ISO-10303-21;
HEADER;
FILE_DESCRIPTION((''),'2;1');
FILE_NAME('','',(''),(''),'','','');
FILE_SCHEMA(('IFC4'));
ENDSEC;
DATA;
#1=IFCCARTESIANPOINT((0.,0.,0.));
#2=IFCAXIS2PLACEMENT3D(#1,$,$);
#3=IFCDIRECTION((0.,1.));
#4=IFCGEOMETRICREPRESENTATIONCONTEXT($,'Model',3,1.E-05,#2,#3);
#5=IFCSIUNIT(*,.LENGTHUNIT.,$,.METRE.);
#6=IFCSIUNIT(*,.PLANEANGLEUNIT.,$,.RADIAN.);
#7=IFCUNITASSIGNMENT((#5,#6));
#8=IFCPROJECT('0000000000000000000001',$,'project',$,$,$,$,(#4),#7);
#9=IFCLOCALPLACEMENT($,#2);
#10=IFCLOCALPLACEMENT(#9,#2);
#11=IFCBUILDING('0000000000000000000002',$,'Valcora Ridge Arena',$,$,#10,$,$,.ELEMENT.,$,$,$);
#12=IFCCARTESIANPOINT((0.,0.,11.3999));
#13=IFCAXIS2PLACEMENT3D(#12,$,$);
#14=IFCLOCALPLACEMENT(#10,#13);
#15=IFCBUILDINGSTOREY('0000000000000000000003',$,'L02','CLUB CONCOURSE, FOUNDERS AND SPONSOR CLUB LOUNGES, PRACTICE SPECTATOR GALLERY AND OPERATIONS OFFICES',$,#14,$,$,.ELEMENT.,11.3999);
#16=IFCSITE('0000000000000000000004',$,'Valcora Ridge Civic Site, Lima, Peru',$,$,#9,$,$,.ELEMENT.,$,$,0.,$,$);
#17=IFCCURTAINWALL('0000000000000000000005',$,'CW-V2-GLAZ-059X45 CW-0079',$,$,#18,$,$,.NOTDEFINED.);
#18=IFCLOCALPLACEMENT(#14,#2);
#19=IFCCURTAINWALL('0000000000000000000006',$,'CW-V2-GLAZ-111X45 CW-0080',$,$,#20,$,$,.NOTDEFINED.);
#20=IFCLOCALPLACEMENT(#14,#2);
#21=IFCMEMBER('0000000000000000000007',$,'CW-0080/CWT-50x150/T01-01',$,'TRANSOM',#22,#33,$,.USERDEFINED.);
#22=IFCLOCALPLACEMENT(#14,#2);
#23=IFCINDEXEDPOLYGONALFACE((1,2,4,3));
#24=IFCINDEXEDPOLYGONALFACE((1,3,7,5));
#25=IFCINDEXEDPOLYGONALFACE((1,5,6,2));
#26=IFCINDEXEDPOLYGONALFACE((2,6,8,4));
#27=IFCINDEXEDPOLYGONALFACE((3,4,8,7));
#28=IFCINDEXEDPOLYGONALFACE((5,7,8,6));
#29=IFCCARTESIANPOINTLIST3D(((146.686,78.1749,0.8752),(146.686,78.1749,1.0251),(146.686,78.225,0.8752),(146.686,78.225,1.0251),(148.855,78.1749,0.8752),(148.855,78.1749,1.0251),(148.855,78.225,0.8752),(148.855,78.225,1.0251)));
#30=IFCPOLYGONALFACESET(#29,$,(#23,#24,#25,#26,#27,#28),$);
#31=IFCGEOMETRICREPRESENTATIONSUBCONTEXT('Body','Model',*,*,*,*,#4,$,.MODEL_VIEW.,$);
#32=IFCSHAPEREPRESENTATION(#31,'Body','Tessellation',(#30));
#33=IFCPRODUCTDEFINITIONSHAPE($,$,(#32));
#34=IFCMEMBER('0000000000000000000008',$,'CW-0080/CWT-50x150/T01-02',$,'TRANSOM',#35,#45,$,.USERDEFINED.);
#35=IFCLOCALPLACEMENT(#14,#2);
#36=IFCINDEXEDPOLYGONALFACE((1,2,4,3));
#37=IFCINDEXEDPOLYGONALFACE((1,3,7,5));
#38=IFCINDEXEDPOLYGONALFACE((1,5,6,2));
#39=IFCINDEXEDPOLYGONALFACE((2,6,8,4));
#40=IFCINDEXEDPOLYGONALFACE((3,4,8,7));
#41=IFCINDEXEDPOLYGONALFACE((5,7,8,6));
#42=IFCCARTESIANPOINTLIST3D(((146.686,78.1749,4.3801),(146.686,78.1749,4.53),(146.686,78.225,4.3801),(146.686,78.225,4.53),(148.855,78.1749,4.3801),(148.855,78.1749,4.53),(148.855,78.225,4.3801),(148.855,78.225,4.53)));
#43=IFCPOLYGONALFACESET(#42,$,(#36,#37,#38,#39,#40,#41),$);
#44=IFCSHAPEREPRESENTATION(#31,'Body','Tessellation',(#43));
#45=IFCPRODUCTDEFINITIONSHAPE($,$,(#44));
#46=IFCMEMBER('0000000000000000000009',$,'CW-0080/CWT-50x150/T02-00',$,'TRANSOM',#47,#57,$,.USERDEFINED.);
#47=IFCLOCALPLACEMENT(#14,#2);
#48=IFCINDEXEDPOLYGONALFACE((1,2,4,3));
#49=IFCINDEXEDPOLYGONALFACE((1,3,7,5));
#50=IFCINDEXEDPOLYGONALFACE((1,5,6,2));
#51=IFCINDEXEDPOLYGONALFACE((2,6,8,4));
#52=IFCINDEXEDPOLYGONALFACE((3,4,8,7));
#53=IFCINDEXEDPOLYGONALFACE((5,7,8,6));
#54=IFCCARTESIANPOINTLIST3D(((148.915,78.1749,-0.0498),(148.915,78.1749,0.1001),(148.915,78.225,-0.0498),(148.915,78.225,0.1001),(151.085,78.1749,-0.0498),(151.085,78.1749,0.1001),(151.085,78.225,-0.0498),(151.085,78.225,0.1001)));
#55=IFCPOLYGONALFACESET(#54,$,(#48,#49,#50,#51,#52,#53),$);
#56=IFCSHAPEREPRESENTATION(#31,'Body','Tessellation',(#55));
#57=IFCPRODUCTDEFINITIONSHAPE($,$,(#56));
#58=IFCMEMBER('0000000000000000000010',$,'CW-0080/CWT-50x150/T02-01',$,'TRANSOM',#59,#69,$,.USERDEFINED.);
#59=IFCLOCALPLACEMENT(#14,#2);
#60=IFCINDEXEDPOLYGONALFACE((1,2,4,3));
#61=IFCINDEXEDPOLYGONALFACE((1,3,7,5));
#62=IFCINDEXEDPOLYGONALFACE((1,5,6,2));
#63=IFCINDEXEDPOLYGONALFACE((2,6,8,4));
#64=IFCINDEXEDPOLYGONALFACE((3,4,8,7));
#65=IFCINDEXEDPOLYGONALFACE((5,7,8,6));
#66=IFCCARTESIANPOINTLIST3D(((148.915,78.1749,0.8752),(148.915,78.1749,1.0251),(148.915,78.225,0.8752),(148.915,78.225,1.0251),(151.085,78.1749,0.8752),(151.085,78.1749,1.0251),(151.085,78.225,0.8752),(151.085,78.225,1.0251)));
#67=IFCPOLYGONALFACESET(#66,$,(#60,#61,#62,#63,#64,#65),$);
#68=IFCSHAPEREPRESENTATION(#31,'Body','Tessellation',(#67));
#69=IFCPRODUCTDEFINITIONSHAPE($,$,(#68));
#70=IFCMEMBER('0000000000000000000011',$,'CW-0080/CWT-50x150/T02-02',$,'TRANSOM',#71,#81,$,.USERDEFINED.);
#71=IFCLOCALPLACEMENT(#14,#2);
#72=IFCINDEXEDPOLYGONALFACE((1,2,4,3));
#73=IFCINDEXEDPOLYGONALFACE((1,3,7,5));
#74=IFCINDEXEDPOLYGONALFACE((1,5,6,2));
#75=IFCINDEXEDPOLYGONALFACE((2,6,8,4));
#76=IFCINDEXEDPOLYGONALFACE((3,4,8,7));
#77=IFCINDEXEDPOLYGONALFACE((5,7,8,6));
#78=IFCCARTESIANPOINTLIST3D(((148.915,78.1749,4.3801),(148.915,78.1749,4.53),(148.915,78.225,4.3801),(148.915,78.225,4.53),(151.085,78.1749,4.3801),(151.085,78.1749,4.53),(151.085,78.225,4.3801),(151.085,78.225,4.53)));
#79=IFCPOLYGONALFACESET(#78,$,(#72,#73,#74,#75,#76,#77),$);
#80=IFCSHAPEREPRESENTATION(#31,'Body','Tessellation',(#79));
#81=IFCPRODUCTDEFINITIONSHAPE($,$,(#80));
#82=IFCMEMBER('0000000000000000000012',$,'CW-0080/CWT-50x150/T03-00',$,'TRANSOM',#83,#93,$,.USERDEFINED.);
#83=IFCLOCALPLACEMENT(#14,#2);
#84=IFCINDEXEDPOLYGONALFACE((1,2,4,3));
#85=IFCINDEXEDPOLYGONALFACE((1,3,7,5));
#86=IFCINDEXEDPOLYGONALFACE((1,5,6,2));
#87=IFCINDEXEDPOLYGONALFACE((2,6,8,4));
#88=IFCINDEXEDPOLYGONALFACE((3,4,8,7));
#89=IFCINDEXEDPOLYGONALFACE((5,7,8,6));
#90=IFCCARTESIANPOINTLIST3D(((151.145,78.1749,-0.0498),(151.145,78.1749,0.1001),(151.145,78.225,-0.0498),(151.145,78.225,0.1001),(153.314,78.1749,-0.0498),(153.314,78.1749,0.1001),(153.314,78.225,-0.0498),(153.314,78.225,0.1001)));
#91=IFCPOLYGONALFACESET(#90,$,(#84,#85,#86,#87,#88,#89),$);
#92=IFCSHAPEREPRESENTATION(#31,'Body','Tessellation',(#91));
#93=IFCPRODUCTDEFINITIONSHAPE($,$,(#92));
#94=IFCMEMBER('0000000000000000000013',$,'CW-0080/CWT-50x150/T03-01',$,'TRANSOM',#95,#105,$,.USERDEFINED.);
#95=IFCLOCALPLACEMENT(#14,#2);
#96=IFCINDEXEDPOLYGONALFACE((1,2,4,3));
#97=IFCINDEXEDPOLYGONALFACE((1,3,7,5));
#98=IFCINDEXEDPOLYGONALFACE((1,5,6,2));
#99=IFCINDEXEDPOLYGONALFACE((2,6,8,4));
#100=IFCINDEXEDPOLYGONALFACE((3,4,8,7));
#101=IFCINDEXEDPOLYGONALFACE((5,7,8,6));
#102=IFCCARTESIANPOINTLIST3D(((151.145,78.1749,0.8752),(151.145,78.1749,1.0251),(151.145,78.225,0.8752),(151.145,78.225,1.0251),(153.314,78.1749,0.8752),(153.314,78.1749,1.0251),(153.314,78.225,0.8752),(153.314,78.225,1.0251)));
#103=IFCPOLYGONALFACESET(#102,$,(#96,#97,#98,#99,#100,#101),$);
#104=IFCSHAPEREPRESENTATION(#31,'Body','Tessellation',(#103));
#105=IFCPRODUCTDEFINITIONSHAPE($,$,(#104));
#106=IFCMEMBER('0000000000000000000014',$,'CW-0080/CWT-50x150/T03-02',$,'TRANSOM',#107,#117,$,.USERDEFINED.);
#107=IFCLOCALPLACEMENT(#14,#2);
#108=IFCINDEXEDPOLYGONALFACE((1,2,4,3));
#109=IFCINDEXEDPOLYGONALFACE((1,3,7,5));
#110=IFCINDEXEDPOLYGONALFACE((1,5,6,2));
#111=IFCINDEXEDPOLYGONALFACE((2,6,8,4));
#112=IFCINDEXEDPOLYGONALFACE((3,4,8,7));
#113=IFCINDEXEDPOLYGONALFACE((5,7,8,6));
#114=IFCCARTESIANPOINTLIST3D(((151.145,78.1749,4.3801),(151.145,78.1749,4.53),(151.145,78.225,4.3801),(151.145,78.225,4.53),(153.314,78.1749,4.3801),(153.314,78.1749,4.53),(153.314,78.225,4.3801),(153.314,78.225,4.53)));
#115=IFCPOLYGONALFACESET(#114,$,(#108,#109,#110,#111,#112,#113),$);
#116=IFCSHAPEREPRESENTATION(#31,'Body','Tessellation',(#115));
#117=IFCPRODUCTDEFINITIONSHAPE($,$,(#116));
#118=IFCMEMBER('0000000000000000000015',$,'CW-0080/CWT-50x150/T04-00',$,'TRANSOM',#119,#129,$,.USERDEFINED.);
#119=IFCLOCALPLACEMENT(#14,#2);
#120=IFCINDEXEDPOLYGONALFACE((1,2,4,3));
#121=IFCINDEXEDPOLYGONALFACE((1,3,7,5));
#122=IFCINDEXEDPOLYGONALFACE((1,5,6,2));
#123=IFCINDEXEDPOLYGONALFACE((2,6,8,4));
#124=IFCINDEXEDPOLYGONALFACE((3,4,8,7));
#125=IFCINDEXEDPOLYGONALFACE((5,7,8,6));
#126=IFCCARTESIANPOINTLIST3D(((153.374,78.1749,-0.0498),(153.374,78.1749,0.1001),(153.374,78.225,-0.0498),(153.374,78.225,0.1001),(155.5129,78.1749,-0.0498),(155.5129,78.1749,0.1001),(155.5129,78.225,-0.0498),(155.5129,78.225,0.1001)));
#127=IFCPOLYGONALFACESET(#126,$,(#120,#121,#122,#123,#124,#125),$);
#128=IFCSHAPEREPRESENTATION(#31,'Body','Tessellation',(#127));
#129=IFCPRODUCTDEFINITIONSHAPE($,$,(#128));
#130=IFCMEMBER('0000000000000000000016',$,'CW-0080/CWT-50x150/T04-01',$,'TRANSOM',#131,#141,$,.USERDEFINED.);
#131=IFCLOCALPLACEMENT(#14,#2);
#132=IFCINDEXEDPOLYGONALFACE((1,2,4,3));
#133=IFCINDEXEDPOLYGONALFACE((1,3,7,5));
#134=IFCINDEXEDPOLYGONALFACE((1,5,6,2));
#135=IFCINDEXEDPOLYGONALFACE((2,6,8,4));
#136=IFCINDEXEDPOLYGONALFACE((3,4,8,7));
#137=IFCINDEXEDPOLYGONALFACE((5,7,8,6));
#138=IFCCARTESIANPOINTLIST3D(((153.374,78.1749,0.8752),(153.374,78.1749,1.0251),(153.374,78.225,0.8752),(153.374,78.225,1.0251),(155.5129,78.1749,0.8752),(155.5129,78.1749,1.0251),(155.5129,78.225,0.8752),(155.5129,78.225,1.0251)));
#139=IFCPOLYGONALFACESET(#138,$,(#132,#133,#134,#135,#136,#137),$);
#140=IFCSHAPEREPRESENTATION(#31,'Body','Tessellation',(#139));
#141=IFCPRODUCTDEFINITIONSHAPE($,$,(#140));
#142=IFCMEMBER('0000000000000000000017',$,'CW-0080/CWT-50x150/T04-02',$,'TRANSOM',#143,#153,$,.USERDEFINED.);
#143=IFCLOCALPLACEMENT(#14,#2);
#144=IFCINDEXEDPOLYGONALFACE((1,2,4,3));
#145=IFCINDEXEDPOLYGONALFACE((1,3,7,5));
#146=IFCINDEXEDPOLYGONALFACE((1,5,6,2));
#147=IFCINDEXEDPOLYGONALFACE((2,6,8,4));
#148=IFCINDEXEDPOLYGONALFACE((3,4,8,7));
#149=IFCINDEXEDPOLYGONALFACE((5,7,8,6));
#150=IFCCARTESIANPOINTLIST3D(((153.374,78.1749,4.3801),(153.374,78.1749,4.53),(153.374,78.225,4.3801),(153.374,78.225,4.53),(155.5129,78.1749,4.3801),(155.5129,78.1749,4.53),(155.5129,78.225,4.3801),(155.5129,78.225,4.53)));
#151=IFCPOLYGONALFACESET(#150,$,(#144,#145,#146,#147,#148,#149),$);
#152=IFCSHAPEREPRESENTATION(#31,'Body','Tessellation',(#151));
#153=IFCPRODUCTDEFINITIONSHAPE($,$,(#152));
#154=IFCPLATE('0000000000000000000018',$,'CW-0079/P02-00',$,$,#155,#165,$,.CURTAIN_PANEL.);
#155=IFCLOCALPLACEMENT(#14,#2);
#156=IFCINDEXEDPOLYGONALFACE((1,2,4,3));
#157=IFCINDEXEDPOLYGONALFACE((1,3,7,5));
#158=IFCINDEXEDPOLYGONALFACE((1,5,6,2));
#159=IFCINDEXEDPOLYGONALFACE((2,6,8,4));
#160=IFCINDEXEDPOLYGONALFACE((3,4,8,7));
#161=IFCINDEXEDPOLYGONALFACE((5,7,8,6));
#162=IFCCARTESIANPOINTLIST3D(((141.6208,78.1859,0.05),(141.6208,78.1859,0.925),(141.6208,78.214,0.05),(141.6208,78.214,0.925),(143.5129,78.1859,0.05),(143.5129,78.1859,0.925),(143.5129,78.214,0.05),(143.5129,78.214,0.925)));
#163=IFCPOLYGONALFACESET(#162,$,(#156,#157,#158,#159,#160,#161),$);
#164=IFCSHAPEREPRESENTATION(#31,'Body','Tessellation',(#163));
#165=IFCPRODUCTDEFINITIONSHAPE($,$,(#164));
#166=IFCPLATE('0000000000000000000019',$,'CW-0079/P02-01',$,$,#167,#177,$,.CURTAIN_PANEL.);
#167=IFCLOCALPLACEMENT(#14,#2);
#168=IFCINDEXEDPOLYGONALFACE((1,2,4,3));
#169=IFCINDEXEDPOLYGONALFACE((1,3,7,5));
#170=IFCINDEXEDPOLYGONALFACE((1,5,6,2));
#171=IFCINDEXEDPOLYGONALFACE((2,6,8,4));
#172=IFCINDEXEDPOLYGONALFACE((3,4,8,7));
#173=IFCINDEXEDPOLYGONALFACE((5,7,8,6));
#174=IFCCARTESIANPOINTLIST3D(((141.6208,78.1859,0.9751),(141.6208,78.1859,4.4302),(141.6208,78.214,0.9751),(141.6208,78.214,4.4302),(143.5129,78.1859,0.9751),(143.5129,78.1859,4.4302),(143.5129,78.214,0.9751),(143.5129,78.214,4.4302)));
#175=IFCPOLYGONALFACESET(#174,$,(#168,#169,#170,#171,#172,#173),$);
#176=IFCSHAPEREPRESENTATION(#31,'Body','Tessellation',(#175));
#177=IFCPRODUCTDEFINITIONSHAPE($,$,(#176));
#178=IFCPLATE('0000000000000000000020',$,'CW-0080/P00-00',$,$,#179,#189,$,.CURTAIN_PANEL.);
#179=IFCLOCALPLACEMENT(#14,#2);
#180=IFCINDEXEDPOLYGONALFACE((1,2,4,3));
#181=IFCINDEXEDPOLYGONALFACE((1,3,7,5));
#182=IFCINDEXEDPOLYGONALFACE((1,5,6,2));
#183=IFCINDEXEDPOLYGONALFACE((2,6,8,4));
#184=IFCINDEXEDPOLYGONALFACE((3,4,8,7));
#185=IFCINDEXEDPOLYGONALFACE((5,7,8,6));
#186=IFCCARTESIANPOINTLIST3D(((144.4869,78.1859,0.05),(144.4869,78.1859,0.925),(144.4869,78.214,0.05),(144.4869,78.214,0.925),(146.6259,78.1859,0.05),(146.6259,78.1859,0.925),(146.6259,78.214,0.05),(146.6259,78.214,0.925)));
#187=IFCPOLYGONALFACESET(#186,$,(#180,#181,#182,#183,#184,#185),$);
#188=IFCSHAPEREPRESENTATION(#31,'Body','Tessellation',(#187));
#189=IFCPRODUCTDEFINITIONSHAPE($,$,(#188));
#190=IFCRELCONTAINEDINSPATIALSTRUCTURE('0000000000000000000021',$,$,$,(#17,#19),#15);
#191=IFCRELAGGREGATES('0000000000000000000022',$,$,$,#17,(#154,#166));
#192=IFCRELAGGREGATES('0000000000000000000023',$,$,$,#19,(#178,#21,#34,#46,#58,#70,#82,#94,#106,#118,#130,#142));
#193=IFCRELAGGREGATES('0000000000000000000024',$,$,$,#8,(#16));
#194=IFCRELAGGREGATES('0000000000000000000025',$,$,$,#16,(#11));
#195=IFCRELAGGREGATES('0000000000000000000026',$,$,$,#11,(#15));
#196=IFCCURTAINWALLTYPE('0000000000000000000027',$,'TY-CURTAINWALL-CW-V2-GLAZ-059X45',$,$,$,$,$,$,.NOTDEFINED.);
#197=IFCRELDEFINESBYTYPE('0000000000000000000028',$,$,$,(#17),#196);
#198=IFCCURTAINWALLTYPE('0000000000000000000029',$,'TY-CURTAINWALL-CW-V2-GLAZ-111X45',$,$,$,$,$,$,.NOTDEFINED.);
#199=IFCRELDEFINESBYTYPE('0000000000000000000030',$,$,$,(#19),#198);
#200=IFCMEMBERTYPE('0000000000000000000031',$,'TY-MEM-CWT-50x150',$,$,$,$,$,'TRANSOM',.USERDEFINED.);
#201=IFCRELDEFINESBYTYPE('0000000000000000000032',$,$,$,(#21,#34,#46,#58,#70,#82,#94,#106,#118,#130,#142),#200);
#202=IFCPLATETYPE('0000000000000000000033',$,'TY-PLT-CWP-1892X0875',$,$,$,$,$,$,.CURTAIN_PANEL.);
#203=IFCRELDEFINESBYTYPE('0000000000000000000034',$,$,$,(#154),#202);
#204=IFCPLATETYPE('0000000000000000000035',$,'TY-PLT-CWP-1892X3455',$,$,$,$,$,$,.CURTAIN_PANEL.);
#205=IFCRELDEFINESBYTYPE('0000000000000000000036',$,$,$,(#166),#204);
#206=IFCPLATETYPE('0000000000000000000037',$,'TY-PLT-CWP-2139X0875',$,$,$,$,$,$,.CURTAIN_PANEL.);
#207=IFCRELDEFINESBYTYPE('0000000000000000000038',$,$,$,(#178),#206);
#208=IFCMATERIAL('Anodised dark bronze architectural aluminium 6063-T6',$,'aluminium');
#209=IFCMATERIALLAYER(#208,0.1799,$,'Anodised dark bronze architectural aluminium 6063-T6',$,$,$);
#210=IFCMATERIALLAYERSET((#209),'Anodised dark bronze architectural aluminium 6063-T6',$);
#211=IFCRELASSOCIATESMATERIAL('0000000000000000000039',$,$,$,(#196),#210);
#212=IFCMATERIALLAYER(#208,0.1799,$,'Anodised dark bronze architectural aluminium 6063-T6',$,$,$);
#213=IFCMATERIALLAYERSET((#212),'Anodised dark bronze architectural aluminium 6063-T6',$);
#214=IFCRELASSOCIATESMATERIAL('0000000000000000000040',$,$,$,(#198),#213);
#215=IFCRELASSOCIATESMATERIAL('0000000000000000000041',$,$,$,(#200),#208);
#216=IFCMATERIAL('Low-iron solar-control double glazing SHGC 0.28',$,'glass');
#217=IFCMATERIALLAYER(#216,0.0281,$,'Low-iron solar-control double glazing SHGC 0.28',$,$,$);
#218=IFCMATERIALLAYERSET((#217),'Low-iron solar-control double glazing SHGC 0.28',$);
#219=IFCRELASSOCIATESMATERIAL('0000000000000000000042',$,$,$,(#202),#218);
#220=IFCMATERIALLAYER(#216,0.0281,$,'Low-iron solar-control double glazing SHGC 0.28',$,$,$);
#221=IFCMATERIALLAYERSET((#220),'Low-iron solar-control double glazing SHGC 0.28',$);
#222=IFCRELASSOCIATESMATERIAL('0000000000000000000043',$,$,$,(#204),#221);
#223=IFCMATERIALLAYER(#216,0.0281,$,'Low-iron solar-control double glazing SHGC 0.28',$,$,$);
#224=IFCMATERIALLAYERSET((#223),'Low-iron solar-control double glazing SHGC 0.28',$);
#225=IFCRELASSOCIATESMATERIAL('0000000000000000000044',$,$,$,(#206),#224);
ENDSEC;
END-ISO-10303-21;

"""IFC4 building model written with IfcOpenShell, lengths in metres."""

from ifc_helpers import new_model, si_unit, direction, frame, origin, origin_2d, place, context, subcontext, project, spatial, rectangle, extrude, material, layer, layer_set, material_profile, profile_set, type_object, element, aggregate, save


model = new_model("IFC4")

# Units and contexts
model_context = context("Model", 3, precision=1e-05, world=origin(), true_north=direction((0.0, 1.0)))
body_context = subcontext(model_context, "Body", "Model", "MODEL_VIEW")
ifc_project = project(units=[si_unit("LENGTHUNIT", "METRE"), si_unit("PLANEANGLEUNIT", "RADIAN")], contexts=[model_context])

# Site, building, storey
site_placement = place(None, origin())
site = spatial("IfcSite", under=ifc_project, at=site_placement, Name="Valcora Ridge Civic Site, Lima, Peru", CompositionType="ELEMENT", RefElevation=0.0)
building_placement = place(site_placement, origin())
building = spatial("IfcBuilding", under=site, at=building_placement, Name="Valcora Ridge Arena", CompositionType="ELEMENT")
storey_placement = place(building_placement, frame((0.0, 0.0, 11.3999)))
storey = spatial("IfcBuildingStorey", under=building, at=storey_placement, Name="L02", Description="CLUB CONCOURSE, FOUNDERS AND SPONSOR CLUB LOUNGES, PRACTICE SPECTATOR GALLERY AND OPERATIONS OFFICES", CompositionType="ELEMENT", Elevation=11.3999)

# Curtain walls
ifc_material_1 = material(Name="Anodised dark bronze architectural aluminium 6063-T6", Category="aluminium")
ifc_layer_1 = layer(ifc_material_1, 0.1799, Name="Anodised dark bronze architectural aluminium 6063-T6")
ifc_layer_set_1 = layer_set([ifc_layer_1], Name="Anodised dark bronze architectural aluminium 6063-T6")
curtain_wall_type_1 = type_object("IfcCurtainWallType", Name="TY-CURTAINWALL-CW-V2-GLAZ-059X45", PredefinedType="NOTDEFINED", material=ifc_layer_set_1)
curtain_wall_1_placement = place(storey_placement, origin())
curtain_wall_1 = element("IfcCurtainWall", 1, at=curtain_wall_1_placement, inside=storey, type_object=curtain_wall_type_1, Name="CW-V2-GLAZ-059X45 CW-0079", PredefinedType="NOTDEFINED")
ifc_layer_2 = layer(ifc_material_1, 0.1799, Name="Anodised dark bronze architectural aluminium 6063-T6")
ifc_layer_set_2 = layer_set([ifc_layer_2], Name="Anodised dark bronze architectural aluminium 6063-T6")
curtain_wall_type_2 = type_object("IfcCurtainWallType", Name="TY-CURTAINWALL-CW-V2-GLAZ-111X45", PredefinedType="NOTDEFINED", material=ifc_layer_set_2)
curtain_wall_2_placement = place(storey_placement, origin())
curtain_wall_2 = element("IfcCurtainWall", 2, at=curtain_wall_2_placement, inside=storey, type_object=curtain_wall_type_2, Name="CW-V2-GLAZ-111X45 CW-0080", PredefinedType="NOTDEFINED")

# Members
ifc_material_profile_1 = material_profile(ifc_material_1, rectangle(XDim=0.05, YDim=0.1499, at=origin_2d()), Name="ALU TRANSOM 50x150")
ifc_profile_set_1 = profile_set([ifc_material_profile_1], Name="Anodised dark bronze architectural aluminium 6063-T6")
member_type_1 = type_object("IfcMemberType", Name="TY-MEM-CWT-50x150", ElementType="TRANSOM", PredefinedType="USERDEFINED", material=ifc_profile_set_1)
member_1_placement = place(storey_placement, frame((146.686, 78.2, 0.9502), z_axis=(1.0, 0.0, 0.0), x_axis=(0.0, 1.0, 0.0)))
member_1 = element("IfcMember", 3, at=member_1_placement, type_object=member_type_1, Name="CW-0080/CWT-50x150/T01-01", ObjectType="TRANSOM", PredefinedType="USERDEFINED", context=body_context, shape_type="SweptSolid", body=[
    extrude(rectangle(XDim=0.05, YDim=0.1499, at=origin_2d()), origin(), (0.0, 0.0, 1.0), 2.1689),
])
member_2_placement = place(storey_placement, frame((146.686, 78.2, 4.4551), z_axis=(1.0, 0.0, 0.0), x_axis=(0.0, 1.0, 0.0)))
member_2 = element("IfcMember", 4, at=member_2_placement, type_object=member_type_1, Name="CW-0080/CWT-50x150/T01-02", ObjectType="TRANSOM", PredefinedType="USERDEFINED", context=body_context, shape_type="SweptSolid", body=[
    extrude(rectangle(XDim=0.05, YDim=0.1499, at=origin_2d()), origin(), (0.0, 0.0, 1.0), 2.1689),
])
member_3_placement = place(storey_placement, frame((148.915, 78.2, 0.0251), z_axis=(1.0, 0.0, 0.0), x_axis=(0.0, 1.0, 0.0)))
member_3 = element("IfcMember", 5, at=member_3_placement, type_object=member_type_1, Name="CW-0080/CWT-50x150/T02-00", ObjectType="TRANSOM", PredefinedType="USERDEFINED", context=body_context, shape_type="SweptSolid", body=[
    extrude(rectangle(XDim=0.05, YDim=0.1499, at=origin_2d()), origin(), (0.0, 0.0, 1.0), 2.1699),
])
member_4_placement = place(storey_placement, frame((148.915, 78.2, 0.9502), z_axis=(1.0, 0.0, 0.0), x_axis=(0.0, 1.0, 0.0)))
member_4 = element("IfcMember", 6, at=member_4_placement, type_object=member_type_1, Name="CW-0080/CWT-50x150/T02-01", ObjectType="TRANSOM", PredefinedType="USERDEFINED", context=body_context, shape_type="SweptSolid", body=[
    extrude(rectangle(XDim=0.05, YDim=0.1499, at=origin_2d()), origin(), (0.0, 0.0, 1.0), 2.1699),
])
member_5_placement = place(storey_placement, frame((148.915, 78.2, 4.4551), z_axis=(1.0, 0.0, 0.0), x_axis=(0.0, 1.0, 0.0)))
member_5 = element("IfcMember", 7, at=member_5_placement, type_object=member_type_1, Name="CW-0080/CWT-50x150/T02-02", ObjectType="TRANSOM", PredefinedType="USERDEFINED", context=body_context, shape_type="SweptSolid", body=[
    extrude(rectangle(XDim=0.05, YDim=0.1499, at=origin_2d()), origin(), (0.0, 0.0, 1.0), 2.1699),
])
member_6_placement = place(storey_placement, frame((151.145, 78.2, 0.0251), z_axis=(1.0, 0.0, 0.0), x_axis=(0.0, 1.0, 0.0)))
member_6 = element("IfcMember", 8, at=member_6_placement, type_object=member_type_1, Name="CW-0080/CWT-50x150/T03-00", ObjectType="TRANSOM", PredefinedType="USERDEFINED", context=body_context, shape_type="SweptSolid", body=[
    extrude(rectangle(XDim=0.05, YDim=0.1499, at=origin_2d()), origin(), (0.0, 0.0, 1.0), 2.1689),
])
member_7_placement = place(storey_placement, frame((151.145, 78.2, 0.9502), z_axis=(1.0, 0.0, 0.0), x_axis=(0.0, 1.0, 0.0)))
member_7 = element("IfcMember", 9, at=member_7_placement, type_object=member_type_1, Name="CW-0080/CWT-50x150/T03-01", ObjectType="TRANSOM", PredefinedType="USERDEFINED", context=body_context, shape_type="SweptSolid", body=[
    extrude(rectangle(XDim=0.05, YDim=0.1499, at=origin_2d()), origin(), (0.0, 0.0, 1.0), 2.1689),
])
member_8_placement = place(storey_placement, frame((151.145, 78.2, 4.4551), z_axis=(1.0, 0.0, 0.0), x_axis=(0.0, 1.0, 0.0)))
member_8 = element("IfcMember", 10, at=member_8_placement, type_object=member_type_1, Name="CW-0080/CWT-50x150/T03-02", ObjectType="TRANSOM", PredefinedType="USERDEFINED", context=body_context, shape_type="SweptSolid", body=[
    extrude(rectangle(XDim=0.05, YDim=0.1499, at=origin_2d()), origin(), (0.0, 0.0, 1.0), 2.1689),
])
member_9_placement = place(storey_placement, frame((153.374, 78.2, 0.0251), z_axis=(1.0, 0.0, 0.0), x_axis=(0.0, 1.0, 0.0)))
member_9 = element("IfcMember", 11, at=member_9_placement, type_object=member_type_1, Name="CW-0080/CWT-50x150/T04-00", ObjectType="TRANSOM", PredefinedType="USERDEFINED", context=body_context, shape_type="SweptSolid", body=[
    extrude(rectangle(XDim=0.05, YDim=0.1499, at=origin_2d()), origin(), (0.0, 0.0, 1.0), 2.1389),
])
member_10_placement = place(storey_placement, frame((153.374, 78.2, 0.9502), z_axis=(1.0, 0.0, 0.0), x_axis=(0.0, 1.0, 0.0)))
member_10 = element("IfcMember", 12, at=member_10_placement, type_object=member_type_1, Name="CW-0080/CWT-50x150/T04-01", ObjectType="TRANSOM", PredefinedType="USERDEFINED", context=body_context, shape_type="SweptSolid", body=[
    extrude(rectangle(XDim=0.05, YDim=0.1499, at=origin_2d()), origin(), (0.0, 0.0, 1.0), 2.1389),
])
member_11_placement = place(storey_placement, frame((153.374, 78.2, 4.4551), z_axis=(1.0, 0.0, 0.0), x_axis=(0.0, 1.0, 0.0)))
member_11 = element("IfcMember", 13, at=member_11_placement, type_object=member_type_1, Name="CW-0080/CWT-50x150/T04-02", ObjectType="TRANSOM", PredefinedType="USERDEFINED", context=body_context, shape_type="SweptSolid", body=[
    extrude(rectangle(XDim=0.05, YDim=0.1499, at=origin_2d()), origin(), (0.0, 0.0, 1.0), 2.1389),
])

# Plates
ifc_material_2 = material(Name="Low-iron solar-control double glazing SHGC 0.28", Category="glass")
ifc_layer_3 = layer(ifc_material_2, 0.0281, Name="Low-iron solar-control double glazing SHGC 0.28")
ifc_layer_set_3 = layer_set([ifc_layer_3], Name="Low-iron solar-control double glazing SHGC 0.28")
plate_type_1 = type_object("IfcPlateType", Name="TY-PLT-CWP-1892X0875", PredefinedType="CURTAIN_PANEL", material=ifc_layer_set_3)
plate_1_placement = place(storey_placement, frame((142.5669, 78.2, 0.05), z_axis=(0.0, 0.0, 1.0), x_axis=(1.0, 0.0, 0.0)))
plate_1 = element("IfcPlate", 14, at=plate_1_placement, type_object=plate_type_1, Name="CW-0079/P02-00", PredefinedType="CURTAIN_PANEL", context=body_context, shape_type="SweptSolid", body=[
    extrude(rectangle(XDim=1.8921, YDim=0.0281, at=origin_2d()), origin(), (0.0, 0.0, 1.0), 0.875),
])
ifc_layer_4 = layer(ifc_material_2, 0.0281, Name="Low-iron solar-control double glazing SHGC 0.28")
ifc_layer_set_4 = layer_set([ifc_layer_4], Name="Low-iron solar-control double glazing SHGC 0.28")
plate_type_2 = type_object("IfcPlateType", Name="TY-PLT-CWP-1892X3455", PredefinedType="CURTAIN_PANEL", material=ifc_layer_set_4)
plate_2_placement = place(storey_placement, frame((142.5669, 78.2, 0.9751), z_axis=(0.0, 0.0, 1.0), x_axis=(1.0, 0.0, 0.0)))
plate_2 = element("IfcPlate", 15, at=plate_2_placement, type_object=plate_type_2, Name="CW-0079/P02-01", PredefinedType="CURTAIN_PANEL", context=body_context, shape_type="SweptSolid", body=[
    extrude(rectangle(XDim=1.8921, YDim=0.0281, at=origin_2d()), origin(), (0.0, 0.0, 1.0), 3.4551),
])
aggregate(curtain_wall_1, [plate_1, plate_2])
ifc_layer_5 = layer(ifc_material_2, 0.0281, Name="Low-iron solar-control double glazing SHGC 0.28")
ifc_layer_set_5 = layer_set([ifc_layer_5], Name="Low-iron solar-control double glazing SHGC 0.28")
plate_type_3 = type_object("IfcPlateType", Name="TY-PLT-CWP-2139X0875", PredefinedType="CURTAIN_PANEL", material=ifc_layer_set_5)
plate_3_placement = place(storey_placement, frame((145.5564, 78.2, 0.05), z_axis=(0.0, 0.0, 1.0), x_axis=(1.0, 0.0, 0.0)))
plate_3 = element("IfcPlate", 16, at=plate_3_placement, type_object=plate_type_3, Name="CW-0080/P00-00", PredefinedType="CURTAIN_PANEL", context=body_context, shape_type="SweptSolid", body=[
    extrude(rectangle(XDim=2.1389, YDim=0.0281, at=origin_2d()), origin(), (0.0, 0.0, 1.0), 0.875),
])
aggregate(curtain_wall_2, [plate_3, member_1, member_2, member_3, member_4, member_5, member_6, member_7, member_8, member_9, member_10, member_11])

save(model, "model.ifc")
